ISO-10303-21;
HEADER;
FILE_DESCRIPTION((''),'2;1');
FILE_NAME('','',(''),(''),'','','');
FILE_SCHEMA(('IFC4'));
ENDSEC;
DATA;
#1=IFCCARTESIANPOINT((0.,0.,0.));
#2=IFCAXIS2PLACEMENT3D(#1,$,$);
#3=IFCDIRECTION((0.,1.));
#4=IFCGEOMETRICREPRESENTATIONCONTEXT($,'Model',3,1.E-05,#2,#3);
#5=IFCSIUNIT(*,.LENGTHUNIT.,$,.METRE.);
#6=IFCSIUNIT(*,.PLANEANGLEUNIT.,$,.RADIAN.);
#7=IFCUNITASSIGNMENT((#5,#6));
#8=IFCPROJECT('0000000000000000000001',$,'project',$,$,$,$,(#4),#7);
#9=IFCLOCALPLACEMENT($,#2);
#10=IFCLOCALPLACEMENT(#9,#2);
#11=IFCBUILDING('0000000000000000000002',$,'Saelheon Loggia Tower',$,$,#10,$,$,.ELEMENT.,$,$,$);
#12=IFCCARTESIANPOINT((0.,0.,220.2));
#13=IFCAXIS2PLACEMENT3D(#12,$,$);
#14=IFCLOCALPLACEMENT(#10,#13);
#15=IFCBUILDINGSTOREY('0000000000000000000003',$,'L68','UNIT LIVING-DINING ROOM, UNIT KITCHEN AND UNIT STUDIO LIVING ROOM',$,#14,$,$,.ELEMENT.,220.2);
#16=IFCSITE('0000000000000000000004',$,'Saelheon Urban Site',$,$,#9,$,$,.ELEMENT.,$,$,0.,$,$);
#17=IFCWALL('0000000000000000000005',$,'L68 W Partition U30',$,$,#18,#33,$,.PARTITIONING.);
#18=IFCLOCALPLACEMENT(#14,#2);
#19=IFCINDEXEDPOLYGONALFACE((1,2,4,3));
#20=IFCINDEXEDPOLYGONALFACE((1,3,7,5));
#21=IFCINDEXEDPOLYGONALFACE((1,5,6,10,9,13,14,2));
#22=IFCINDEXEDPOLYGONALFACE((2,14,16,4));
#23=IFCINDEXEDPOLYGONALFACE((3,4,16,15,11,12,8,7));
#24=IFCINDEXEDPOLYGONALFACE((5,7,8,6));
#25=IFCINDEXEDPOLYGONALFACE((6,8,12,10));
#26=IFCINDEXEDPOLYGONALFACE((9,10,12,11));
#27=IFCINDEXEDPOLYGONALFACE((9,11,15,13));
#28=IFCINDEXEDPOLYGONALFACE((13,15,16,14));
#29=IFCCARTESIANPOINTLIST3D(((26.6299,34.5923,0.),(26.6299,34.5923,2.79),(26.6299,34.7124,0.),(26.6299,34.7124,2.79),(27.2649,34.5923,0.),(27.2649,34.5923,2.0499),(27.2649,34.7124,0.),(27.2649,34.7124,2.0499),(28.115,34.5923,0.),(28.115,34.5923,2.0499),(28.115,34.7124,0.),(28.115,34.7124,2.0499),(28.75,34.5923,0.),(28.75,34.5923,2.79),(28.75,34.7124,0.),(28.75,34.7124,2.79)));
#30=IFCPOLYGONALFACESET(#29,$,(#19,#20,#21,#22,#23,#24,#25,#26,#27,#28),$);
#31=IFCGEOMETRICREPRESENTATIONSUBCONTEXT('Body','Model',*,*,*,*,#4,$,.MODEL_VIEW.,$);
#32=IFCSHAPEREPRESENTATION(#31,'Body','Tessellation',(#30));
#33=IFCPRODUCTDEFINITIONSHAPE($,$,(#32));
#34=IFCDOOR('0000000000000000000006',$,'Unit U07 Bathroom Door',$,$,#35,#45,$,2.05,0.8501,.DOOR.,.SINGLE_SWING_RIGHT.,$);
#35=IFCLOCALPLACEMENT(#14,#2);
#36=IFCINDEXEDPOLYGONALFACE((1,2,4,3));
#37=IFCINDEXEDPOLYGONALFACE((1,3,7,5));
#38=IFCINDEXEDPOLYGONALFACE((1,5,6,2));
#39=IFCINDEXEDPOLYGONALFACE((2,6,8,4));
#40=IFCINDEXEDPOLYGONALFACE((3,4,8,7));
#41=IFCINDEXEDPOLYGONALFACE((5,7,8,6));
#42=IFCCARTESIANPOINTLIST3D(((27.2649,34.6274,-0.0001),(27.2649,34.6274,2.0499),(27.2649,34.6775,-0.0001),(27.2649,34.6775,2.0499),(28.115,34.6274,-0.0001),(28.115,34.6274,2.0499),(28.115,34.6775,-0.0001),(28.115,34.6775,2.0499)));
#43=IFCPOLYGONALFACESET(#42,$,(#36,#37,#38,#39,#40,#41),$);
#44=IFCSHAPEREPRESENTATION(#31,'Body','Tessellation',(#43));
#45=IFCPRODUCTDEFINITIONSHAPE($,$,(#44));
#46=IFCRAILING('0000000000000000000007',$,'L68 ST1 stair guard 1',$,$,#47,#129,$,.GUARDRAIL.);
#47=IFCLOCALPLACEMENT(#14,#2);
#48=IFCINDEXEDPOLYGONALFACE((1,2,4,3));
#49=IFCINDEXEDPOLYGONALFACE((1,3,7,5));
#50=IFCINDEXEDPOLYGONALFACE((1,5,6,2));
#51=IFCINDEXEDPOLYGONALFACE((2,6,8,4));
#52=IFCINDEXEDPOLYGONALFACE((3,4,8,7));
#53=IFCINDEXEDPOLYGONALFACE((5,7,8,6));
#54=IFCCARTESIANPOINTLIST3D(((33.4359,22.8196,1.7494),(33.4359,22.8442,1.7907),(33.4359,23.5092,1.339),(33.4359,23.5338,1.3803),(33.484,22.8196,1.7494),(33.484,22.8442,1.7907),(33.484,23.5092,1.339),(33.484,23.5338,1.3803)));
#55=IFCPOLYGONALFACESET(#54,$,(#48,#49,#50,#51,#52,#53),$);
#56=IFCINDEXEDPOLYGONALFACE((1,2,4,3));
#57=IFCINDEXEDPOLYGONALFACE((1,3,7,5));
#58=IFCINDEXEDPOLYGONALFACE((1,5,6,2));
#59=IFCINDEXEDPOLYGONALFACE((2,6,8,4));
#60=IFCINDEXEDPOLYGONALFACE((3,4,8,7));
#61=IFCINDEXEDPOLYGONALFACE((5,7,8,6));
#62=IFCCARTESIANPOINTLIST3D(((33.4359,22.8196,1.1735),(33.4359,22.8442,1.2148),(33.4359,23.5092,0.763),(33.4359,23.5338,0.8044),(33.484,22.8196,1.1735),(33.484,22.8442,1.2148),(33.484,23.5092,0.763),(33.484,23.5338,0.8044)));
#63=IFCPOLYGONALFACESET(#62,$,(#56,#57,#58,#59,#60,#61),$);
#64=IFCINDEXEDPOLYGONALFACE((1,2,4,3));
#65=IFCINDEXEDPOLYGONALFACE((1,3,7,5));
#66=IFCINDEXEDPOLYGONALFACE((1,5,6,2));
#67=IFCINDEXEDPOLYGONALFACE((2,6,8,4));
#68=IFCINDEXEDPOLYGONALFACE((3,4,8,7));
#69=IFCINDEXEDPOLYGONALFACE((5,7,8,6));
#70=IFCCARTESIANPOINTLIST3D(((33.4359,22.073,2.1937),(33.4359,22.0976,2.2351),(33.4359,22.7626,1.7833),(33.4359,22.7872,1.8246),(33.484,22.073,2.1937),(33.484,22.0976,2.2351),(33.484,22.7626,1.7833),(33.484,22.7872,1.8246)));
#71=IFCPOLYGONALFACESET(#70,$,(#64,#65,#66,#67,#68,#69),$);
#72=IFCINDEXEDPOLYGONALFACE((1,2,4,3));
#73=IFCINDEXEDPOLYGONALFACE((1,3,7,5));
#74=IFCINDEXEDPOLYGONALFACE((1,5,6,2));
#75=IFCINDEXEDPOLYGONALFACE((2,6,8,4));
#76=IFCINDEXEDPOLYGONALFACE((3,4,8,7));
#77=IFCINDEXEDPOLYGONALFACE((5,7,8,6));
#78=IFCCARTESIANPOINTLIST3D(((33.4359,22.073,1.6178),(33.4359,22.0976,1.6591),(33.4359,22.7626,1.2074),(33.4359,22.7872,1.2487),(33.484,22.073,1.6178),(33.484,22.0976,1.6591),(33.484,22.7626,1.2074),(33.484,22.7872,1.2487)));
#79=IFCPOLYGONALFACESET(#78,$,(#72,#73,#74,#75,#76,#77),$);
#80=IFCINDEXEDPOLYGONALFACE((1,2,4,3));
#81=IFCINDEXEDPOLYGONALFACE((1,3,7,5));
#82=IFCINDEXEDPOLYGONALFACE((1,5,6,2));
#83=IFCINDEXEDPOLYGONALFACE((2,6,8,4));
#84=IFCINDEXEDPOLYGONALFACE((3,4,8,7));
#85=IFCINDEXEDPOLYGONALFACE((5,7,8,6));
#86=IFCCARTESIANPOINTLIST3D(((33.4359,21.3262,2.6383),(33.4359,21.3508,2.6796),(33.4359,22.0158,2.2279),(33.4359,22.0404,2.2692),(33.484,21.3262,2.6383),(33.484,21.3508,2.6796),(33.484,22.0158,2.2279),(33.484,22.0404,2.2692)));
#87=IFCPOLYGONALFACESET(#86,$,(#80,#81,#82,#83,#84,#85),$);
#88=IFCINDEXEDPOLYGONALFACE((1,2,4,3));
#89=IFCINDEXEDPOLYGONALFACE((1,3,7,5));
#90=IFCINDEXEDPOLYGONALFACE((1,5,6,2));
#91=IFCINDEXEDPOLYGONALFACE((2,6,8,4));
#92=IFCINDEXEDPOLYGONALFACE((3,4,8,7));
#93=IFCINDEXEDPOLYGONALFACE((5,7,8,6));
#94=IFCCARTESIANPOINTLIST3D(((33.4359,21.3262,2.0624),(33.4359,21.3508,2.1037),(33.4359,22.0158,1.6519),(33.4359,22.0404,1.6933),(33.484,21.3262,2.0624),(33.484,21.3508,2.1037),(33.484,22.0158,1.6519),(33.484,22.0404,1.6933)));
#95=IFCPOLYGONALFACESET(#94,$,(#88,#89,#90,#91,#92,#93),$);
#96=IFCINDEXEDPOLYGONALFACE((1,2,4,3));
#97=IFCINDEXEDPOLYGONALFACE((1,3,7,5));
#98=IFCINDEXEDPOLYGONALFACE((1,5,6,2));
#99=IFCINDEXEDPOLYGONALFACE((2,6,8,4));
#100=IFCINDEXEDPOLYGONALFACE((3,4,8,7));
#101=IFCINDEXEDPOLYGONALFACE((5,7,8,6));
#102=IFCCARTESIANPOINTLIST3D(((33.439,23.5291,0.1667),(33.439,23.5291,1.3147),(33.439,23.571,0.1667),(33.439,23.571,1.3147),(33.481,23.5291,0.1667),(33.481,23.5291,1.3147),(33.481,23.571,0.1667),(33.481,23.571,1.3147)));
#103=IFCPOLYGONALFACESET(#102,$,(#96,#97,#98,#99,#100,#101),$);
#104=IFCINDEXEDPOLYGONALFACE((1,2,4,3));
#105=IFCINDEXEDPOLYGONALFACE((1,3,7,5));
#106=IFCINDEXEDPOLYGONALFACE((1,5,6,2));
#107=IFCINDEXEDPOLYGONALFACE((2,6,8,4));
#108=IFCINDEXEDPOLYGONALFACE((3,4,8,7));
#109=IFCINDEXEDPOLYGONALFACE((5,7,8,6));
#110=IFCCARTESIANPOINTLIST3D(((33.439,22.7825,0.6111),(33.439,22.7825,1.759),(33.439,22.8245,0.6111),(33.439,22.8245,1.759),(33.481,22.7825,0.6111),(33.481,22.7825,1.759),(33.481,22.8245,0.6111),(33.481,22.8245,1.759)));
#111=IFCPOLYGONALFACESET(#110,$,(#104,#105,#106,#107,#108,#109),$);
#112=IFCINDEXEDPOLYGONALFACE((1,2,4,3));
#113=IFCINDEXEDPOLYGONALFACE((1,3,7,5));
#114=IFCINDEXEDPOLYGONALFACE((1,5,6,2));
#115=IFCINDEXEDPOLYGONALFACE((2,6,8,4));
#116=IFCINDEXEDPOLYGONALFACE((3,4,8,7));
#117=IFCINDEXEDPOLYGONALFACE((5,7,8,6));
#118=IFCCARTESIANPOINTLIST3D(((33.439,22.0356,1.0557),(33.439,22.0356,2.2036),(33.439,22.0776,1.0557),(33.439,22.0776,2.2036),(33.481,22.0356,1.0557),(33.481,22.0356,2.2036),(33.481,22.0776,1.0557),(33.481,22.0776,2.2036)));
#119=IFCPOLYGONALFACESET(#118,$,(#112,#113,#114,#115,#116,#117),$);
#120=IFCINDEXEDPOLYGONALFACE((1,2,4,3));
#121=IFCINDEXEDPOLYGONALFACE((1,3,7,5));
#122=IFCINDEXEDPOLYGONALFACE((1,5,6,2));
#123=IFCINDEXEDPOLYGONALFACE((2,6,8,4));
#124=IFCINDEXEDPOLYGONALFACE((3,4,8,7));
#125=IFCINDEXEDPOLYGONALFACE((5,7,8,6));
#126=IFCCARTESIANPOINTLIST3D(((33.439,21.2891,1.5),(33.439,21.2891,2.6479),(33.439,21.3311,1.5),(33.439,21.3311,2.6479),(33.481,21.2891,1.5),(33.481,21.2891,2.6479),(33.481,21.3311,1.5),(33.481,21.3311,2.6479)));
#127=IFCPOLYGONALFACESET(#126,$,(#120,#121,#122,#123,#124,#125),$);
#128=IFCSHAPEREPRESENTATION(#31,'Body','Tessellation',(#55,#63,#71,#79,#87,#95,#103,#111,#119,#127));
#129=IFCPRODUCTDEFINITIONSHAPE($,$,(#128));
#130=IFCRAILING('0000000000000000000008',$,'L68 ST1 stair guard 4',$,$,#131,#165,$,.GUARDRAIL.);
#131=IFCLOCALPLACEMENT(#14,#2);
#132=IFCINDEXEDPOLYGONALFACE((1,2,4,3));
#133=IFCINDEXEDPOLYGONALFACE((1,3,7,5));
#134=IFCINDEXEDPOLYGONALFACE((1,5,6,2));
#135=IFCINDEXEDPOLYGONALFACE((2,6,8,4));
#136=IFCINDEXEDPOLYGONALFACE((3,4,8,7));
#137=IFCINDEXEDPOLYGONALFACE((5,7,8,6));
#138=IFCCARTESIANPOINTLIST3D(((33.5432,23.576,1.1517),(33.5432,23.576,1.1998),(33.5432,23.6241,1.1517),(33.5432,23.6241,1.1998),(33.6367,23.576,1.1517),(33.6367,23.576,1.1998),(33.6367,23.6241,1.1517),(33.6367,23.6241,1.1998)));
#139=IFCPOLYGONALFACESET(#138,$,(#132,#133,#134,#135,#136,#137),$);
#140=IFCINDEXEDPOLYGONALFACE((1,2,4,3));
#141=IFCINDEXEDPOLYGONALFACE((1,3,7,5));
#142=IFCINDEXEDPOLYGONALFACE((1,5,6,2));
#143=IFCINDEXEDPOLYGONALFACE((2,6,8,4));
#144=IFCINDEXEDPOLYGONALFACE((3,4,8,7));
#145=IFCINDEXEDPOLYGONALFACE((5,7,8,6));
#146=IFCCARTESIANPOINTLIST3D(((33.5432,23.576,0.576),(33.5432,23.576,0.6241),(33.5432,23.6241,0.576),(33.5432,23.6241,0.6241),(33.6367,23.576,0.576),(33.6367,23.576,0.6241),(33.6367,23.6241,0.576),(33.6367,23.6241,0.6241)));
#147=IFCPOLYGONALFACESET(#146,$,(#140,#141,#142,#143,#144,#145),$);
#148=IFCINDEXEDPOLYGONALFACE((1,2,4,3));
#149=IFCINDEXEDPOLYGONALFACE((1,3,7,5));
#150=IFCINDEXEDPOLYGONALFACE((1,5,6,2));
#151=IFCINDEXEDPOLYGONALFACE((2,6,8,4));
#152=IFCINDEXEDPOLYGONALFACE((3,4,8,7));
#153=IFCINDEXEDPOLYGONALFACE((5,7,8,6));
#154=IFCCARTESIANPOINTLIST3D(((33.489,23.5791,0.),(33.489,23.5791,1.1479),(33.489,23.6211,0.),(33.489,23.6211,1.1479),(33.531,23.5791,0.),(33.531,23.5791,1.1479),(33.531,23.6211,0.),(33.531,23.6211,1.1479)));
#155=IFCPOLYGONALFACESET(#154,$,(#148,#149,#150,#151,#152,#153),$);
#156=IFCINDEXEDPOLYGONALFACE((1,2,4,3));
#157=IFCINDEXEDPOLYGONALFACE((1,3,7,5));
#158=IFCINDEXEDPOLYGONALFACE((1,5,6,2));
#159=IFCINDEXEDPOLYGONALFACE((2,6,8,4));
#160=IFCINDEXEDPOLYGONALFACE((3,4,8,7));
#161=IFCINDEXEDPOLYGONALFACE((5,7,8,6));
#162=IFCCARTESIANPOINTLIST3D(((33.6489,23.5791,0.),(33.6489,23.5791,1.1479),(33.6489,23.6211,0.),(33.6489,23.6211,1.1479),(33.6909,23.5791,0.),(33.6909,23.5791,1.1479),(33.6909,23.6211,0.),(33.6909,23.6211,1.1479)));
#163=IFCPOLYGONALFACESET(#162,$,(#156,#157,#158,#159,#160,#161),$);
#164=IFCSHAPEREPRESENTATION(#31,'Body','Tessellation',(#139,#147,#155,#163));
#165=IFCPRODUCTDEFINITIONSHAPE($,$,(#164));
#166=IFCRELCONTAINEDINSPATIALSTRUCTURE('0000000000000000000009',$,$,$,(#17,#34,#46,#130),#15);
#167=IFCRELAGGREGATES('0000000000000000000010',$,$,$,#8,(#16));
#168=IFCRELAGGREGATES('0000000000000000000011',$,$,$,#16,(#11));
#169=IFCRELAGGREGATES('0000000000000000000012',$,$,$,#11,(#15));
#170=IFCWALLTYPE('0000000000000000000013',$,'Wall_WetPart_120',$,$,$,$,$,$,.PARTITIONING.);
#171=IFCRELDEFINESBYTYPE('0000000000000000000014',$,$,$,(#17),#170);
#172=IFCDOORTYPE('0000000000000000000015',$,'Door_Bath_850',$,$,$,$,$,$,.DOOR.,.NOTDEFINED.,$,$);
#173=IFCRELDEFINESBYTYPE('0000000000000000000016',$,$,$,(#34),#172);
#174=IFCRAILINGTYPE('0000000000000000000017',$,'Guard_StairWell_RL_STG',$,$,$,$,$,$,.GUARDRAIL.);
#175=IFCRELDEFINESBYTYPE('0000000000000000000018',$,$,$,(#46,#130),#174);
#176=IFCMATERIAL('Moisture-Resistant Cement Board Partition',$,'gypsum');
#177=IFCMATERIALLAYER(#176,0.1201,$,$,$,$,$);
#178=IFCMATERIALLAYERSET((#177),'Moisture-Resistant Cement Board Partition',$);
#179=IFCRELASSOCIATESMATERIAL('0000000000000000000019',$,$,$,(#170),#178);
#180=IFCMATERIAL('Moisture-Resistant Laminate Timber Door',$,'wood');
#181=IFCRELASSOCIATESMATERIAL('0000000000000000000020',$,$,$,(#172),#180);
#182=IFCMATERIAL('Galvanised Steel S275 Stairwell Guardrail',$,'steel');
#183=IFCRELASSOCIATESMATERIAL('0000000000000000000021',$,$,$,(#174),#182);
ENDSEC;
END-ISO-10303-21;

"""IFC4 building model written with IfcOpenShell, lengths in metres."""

from ifc_helpers import new_model, si_unit, direction, frame, frame_2d, origin, origin_2d, place, context, subcontext, project, spatial, rectangle, extrude, source, transform, mapped, material, layer, layer_set, type_object, element, fill, save


model = new_model("IFC4")

# Units and contexts
model_context = context("Model", 3, precision=1e-05, world=origin(), true_north=direction((0.0, 1.0)))
body_context = subcontext(model_context, "Body", "Model", "MODEL_VIEW")
ifc_project = project(units=[si_unit("LENGTHUNIT", "METRE"), si_unit("PLANEANGLEUNIT", "RADIAN")], contexts=[model_context])

# Site, building, storey
site_placement = place(None, origin())
site = spatial("IfcSite", under=ifc_project, at=site_placement, Name="Saelheon Urban Site", CompositionType="ELEMENT", RefElevation=0.0)
building_placement = place(site_placement, origin())
building = spatial("IfcBuilding", under=site, at=building_placement, Name="Saelheon Loggia Tower", CompositionType="ELEMENT")
storey_placement = place(building_placement, frame((0.0, 0.0, 220.2)))
storey = spatial("IfcBuildingStorey", under=building, at=storey_placement, Name="L68", Description="UNIT LIVING-DINING ROOM, UNIT KITCHEN AND UNIT STUDIO LIVING ROOM", CompositionType="ELEMENT", Elevation=220.2)

# Wall, opening, door
ifc_material_1 = material(Name="Moisture-Resistant Cement Board Partition", Category="gypsum")
ifc_layer_1 = layer(ifc_material_1, 0.1201)
ifc_layer_set_1 = layer_set([ifc_layer_1], Name="Moisture-Resistant Cement Board Partition")
wall_type_1 = type_object("IfcWallType", Name="Wall_WetPart_120", PredefinedType="PARTITIONING", material=ifc_layer_set_1)
wall_1_placement = place(storey_placement, frame((28.75, 34.6523, 0.0), z_axis=(0.0, 0.0, 1.0), x_axis=(-1.0, 0.0, 0.0)))
wall_1 = element("IfcWall", 1, at=wall_1_placement, inside=storey, type_object=wall_type_1, Name="L68 W Partition U30", PredefinedType="PARTITIONING", context=body_context, shape_type="SweptSolid", body=[
    extrude(rectangle(XDim=2.1201, YDim=0.1201, at=frame_2d((1.0601, 0.0))), origin(), (0.0, 0.0, 1.0), 2.79),
])
opening_1_placement = place(wall_1_placement, frame((0.635, 0.0, 0.0)))
opening_1 = element("IfcOpeningElement", 2, at=opening_1_placement, cuts=wall_1, PredefinedType="OPENING", context=body_context, shape_type="SweptSolid", body=[
    extrude(rectangle(XDim=0.8501, YDim=2.05, at=frame_2d((0.425, 1.0249))), frame((0.0, 0.072, 0.0), z_axis=(0.0, -1.0, 0.0), x_axis=(1.0, 0.0, 0.0)), (0.0, 0.0, 1.0), 0.144),
])
ifc_material_2 = material(Name="Moisture-Resistant Laminate Timber Door", Category="wood")
door_type_1 = type_object("IfcDoorType", Name="Door_Bath_850", OperationType="NOTDEFINED", PredefinedType="DOOR", material=ifc_material_2)
shared_shape_1 = source(origin(), body_context, "Body", "SweptSolid", [
    extrude(rectangle(XDim=0.8501, YDim=2.05, at=frame_2d((0.425, 1.0249))), frame((0.0, 0.0249, 0.0), z_axis=(0.0, -1.0, 0.0), x_axis=(1.0, 0.0, 0.0)), (0.0, 0.0, 1.0), 0.05),
])
door_1_placement = place(opening_1_placement, origin())
door_1 = element("IfcDoor", 3, at=door_1_placement, inside=storey, type_object=door_type_1, Name="Unit U07 Bathroom Door", OperationType="SINGLE_SWING_RIGHT", OverallHeight=2.05, OverallWidth=0.8501, PredefinedType="DOOR", context=body_context, shape_type="MappedRepresentation", body=[
    mapped(shared_shape_1, transform((0.0, 0.0, 0.0), scale=1.0)),
])
fill(opening_1, door_1)

# Railings
ifc_material_3 = material(Name="Galvanised Steel S275 Stairwell Guardrail", Category="steel")
railing_type_1 = type_object("IfcRailingType", Name="Guard_StairWell_RL_STG", PredefinedType="GUARDRAIL", material=ifc_material_3)
railing_1_placement = place(storey_placement, frame((33.46, 23.55, 0.1667)))
element("IfcRailing", 4, at=railing_1_placement, inside=storey, type_object=railing_type_1, Name="L68 ST1 stair guard 1", PredefinedType="GUARDRAIL", context=body_context, shape_type="SweptSolid", body=[
    extrude(rectangle(XDim=0.0481, YDim=0.0481, at=origin_2d()), frame((0.0, -0.0286, 1.1929), z_axis=(0.0, -0.859306, 0.511462), x_axis=(1.0, 0.0, 0.0)), (0.0, 0.0, 1.0), 0.8025),
    extrude(rectangle(XDim=0.0481, YDim=0.0481, at=origin_2d()), frame((0.0, -0.0286, 0.6169), z_axis=(0.0, -0.859306, 0.511462), x_axis=(1.0, 0.0, 0.0)), (0.0, 0.0, 1.0), 0.8025),
    extrude(rectangle(XDim=0.0481, YDim=0.0481, at=origin_2d()), frame((0.0, -0.7751, 1.6372), z_axis=(0.0, -0.859306, 0.511462), x_axis=(1.0, 0.0, 0.0)), (0.0, 0.0, 1.0), 0.8025),
    extrude(rectangle(XDim=0.0481, YDim=0.0481, at=origin_2d()), frame((0.0, -0.7751, 1.0613), z_axis=(0.0, -0.859306, 0.511462), x_axis=(1.0, 0.0, 0.0)), (0.0, 0.0, 1.0), 0.8025),
    extrude(rectangle(XDim=0.0481, YDim=0.0481, at=origin_2d()), frame((0.0, -1.522, 2.0818), z_axis=(0.0, -0.859306, 0.511462), x_axis=(1.0, 0.0, 0.0)), (0.0, 0.0, 1.0), 0.8025),
    extrude(rectangle(XDim=0.0481, YDim=0.0481, at=origin_2d()), frame((0.0, -1.522, 1.5059), z_axis=(0.0, -0.859306, 0.511462), x_axis=(1.0, 0.0, 0.0)), (0.0, 0.0, 1.0), 0.8025),
    extrude(rectangle(XDim=0.042, YDim=0.042, at=origin_2d()), origin(), (0.0, 0.0, 1.0), 1.1479),
    extrude(rectangle(XDim=0.042, YDim=0.042, at=origin_2d()), frame((0.0, -0.7466, 0.4443)), (0.0, 0.0, 1.0), 1.1479),
    extrude(rectangle(XDim=0.042, YDim=0.042, at=origin_2d()), frame((0.0, -1.4934, 0.8889)), (0.0, 0.0, 1.0), 1.1479),
    extrude(rectangle(XDim=0.042, YDim=0.042, at=origin_2d()), frame((0.0, -2.24, 1.3333)), (0.0, 0.0, 1.0), 1.1479),
])
railing_2_placement = place(storey_placement, frame((33.51, 23.6001, 0.0)))
element("IfcRailing", 5, at=railing_2_placement, inside=storey, type_object=railing_type_1, Name="L68 ST1 stair guard 4", PredefinedType="GUARDRAIL", context=body_context, shape_type="SweptSolid", body=[
    extrude(rectangle(XDim=0.0481, YDim=0.0481, at=origin_2d()), frame((0.0332, 0.0, 1.1758), z_axis=(1.0, 0.0, 0.0), x_axis=(0.0, 1.0, 0.0)), (0.0, 0.0, 1.0), 0.0935),
    extrude(rectangle(XDim=0.0481, YDim=0.0481, at=origin_2d()), frame((0.0332, 0.0, 0.6001), z_axis=(1.0, 0.0, 0.0), x_axis=(0.0, 1.0, 0.0)), (0.0, 0.0, 1.0), 0.0935),
    extrude(rectangle(XDim=0.042, YDim=0.042, at=origin_2d()), origin(), (0.0, 0.0, 1.0), 1.1479),
    extrude(rectangle(XDim=0.042, YDim=0.042, at=origin_2d()), frame((0.1599, 0.0, 0.0)), (0.0, 0.0, 1.0), 1.1479),
])

save(model, "model.ifc")
